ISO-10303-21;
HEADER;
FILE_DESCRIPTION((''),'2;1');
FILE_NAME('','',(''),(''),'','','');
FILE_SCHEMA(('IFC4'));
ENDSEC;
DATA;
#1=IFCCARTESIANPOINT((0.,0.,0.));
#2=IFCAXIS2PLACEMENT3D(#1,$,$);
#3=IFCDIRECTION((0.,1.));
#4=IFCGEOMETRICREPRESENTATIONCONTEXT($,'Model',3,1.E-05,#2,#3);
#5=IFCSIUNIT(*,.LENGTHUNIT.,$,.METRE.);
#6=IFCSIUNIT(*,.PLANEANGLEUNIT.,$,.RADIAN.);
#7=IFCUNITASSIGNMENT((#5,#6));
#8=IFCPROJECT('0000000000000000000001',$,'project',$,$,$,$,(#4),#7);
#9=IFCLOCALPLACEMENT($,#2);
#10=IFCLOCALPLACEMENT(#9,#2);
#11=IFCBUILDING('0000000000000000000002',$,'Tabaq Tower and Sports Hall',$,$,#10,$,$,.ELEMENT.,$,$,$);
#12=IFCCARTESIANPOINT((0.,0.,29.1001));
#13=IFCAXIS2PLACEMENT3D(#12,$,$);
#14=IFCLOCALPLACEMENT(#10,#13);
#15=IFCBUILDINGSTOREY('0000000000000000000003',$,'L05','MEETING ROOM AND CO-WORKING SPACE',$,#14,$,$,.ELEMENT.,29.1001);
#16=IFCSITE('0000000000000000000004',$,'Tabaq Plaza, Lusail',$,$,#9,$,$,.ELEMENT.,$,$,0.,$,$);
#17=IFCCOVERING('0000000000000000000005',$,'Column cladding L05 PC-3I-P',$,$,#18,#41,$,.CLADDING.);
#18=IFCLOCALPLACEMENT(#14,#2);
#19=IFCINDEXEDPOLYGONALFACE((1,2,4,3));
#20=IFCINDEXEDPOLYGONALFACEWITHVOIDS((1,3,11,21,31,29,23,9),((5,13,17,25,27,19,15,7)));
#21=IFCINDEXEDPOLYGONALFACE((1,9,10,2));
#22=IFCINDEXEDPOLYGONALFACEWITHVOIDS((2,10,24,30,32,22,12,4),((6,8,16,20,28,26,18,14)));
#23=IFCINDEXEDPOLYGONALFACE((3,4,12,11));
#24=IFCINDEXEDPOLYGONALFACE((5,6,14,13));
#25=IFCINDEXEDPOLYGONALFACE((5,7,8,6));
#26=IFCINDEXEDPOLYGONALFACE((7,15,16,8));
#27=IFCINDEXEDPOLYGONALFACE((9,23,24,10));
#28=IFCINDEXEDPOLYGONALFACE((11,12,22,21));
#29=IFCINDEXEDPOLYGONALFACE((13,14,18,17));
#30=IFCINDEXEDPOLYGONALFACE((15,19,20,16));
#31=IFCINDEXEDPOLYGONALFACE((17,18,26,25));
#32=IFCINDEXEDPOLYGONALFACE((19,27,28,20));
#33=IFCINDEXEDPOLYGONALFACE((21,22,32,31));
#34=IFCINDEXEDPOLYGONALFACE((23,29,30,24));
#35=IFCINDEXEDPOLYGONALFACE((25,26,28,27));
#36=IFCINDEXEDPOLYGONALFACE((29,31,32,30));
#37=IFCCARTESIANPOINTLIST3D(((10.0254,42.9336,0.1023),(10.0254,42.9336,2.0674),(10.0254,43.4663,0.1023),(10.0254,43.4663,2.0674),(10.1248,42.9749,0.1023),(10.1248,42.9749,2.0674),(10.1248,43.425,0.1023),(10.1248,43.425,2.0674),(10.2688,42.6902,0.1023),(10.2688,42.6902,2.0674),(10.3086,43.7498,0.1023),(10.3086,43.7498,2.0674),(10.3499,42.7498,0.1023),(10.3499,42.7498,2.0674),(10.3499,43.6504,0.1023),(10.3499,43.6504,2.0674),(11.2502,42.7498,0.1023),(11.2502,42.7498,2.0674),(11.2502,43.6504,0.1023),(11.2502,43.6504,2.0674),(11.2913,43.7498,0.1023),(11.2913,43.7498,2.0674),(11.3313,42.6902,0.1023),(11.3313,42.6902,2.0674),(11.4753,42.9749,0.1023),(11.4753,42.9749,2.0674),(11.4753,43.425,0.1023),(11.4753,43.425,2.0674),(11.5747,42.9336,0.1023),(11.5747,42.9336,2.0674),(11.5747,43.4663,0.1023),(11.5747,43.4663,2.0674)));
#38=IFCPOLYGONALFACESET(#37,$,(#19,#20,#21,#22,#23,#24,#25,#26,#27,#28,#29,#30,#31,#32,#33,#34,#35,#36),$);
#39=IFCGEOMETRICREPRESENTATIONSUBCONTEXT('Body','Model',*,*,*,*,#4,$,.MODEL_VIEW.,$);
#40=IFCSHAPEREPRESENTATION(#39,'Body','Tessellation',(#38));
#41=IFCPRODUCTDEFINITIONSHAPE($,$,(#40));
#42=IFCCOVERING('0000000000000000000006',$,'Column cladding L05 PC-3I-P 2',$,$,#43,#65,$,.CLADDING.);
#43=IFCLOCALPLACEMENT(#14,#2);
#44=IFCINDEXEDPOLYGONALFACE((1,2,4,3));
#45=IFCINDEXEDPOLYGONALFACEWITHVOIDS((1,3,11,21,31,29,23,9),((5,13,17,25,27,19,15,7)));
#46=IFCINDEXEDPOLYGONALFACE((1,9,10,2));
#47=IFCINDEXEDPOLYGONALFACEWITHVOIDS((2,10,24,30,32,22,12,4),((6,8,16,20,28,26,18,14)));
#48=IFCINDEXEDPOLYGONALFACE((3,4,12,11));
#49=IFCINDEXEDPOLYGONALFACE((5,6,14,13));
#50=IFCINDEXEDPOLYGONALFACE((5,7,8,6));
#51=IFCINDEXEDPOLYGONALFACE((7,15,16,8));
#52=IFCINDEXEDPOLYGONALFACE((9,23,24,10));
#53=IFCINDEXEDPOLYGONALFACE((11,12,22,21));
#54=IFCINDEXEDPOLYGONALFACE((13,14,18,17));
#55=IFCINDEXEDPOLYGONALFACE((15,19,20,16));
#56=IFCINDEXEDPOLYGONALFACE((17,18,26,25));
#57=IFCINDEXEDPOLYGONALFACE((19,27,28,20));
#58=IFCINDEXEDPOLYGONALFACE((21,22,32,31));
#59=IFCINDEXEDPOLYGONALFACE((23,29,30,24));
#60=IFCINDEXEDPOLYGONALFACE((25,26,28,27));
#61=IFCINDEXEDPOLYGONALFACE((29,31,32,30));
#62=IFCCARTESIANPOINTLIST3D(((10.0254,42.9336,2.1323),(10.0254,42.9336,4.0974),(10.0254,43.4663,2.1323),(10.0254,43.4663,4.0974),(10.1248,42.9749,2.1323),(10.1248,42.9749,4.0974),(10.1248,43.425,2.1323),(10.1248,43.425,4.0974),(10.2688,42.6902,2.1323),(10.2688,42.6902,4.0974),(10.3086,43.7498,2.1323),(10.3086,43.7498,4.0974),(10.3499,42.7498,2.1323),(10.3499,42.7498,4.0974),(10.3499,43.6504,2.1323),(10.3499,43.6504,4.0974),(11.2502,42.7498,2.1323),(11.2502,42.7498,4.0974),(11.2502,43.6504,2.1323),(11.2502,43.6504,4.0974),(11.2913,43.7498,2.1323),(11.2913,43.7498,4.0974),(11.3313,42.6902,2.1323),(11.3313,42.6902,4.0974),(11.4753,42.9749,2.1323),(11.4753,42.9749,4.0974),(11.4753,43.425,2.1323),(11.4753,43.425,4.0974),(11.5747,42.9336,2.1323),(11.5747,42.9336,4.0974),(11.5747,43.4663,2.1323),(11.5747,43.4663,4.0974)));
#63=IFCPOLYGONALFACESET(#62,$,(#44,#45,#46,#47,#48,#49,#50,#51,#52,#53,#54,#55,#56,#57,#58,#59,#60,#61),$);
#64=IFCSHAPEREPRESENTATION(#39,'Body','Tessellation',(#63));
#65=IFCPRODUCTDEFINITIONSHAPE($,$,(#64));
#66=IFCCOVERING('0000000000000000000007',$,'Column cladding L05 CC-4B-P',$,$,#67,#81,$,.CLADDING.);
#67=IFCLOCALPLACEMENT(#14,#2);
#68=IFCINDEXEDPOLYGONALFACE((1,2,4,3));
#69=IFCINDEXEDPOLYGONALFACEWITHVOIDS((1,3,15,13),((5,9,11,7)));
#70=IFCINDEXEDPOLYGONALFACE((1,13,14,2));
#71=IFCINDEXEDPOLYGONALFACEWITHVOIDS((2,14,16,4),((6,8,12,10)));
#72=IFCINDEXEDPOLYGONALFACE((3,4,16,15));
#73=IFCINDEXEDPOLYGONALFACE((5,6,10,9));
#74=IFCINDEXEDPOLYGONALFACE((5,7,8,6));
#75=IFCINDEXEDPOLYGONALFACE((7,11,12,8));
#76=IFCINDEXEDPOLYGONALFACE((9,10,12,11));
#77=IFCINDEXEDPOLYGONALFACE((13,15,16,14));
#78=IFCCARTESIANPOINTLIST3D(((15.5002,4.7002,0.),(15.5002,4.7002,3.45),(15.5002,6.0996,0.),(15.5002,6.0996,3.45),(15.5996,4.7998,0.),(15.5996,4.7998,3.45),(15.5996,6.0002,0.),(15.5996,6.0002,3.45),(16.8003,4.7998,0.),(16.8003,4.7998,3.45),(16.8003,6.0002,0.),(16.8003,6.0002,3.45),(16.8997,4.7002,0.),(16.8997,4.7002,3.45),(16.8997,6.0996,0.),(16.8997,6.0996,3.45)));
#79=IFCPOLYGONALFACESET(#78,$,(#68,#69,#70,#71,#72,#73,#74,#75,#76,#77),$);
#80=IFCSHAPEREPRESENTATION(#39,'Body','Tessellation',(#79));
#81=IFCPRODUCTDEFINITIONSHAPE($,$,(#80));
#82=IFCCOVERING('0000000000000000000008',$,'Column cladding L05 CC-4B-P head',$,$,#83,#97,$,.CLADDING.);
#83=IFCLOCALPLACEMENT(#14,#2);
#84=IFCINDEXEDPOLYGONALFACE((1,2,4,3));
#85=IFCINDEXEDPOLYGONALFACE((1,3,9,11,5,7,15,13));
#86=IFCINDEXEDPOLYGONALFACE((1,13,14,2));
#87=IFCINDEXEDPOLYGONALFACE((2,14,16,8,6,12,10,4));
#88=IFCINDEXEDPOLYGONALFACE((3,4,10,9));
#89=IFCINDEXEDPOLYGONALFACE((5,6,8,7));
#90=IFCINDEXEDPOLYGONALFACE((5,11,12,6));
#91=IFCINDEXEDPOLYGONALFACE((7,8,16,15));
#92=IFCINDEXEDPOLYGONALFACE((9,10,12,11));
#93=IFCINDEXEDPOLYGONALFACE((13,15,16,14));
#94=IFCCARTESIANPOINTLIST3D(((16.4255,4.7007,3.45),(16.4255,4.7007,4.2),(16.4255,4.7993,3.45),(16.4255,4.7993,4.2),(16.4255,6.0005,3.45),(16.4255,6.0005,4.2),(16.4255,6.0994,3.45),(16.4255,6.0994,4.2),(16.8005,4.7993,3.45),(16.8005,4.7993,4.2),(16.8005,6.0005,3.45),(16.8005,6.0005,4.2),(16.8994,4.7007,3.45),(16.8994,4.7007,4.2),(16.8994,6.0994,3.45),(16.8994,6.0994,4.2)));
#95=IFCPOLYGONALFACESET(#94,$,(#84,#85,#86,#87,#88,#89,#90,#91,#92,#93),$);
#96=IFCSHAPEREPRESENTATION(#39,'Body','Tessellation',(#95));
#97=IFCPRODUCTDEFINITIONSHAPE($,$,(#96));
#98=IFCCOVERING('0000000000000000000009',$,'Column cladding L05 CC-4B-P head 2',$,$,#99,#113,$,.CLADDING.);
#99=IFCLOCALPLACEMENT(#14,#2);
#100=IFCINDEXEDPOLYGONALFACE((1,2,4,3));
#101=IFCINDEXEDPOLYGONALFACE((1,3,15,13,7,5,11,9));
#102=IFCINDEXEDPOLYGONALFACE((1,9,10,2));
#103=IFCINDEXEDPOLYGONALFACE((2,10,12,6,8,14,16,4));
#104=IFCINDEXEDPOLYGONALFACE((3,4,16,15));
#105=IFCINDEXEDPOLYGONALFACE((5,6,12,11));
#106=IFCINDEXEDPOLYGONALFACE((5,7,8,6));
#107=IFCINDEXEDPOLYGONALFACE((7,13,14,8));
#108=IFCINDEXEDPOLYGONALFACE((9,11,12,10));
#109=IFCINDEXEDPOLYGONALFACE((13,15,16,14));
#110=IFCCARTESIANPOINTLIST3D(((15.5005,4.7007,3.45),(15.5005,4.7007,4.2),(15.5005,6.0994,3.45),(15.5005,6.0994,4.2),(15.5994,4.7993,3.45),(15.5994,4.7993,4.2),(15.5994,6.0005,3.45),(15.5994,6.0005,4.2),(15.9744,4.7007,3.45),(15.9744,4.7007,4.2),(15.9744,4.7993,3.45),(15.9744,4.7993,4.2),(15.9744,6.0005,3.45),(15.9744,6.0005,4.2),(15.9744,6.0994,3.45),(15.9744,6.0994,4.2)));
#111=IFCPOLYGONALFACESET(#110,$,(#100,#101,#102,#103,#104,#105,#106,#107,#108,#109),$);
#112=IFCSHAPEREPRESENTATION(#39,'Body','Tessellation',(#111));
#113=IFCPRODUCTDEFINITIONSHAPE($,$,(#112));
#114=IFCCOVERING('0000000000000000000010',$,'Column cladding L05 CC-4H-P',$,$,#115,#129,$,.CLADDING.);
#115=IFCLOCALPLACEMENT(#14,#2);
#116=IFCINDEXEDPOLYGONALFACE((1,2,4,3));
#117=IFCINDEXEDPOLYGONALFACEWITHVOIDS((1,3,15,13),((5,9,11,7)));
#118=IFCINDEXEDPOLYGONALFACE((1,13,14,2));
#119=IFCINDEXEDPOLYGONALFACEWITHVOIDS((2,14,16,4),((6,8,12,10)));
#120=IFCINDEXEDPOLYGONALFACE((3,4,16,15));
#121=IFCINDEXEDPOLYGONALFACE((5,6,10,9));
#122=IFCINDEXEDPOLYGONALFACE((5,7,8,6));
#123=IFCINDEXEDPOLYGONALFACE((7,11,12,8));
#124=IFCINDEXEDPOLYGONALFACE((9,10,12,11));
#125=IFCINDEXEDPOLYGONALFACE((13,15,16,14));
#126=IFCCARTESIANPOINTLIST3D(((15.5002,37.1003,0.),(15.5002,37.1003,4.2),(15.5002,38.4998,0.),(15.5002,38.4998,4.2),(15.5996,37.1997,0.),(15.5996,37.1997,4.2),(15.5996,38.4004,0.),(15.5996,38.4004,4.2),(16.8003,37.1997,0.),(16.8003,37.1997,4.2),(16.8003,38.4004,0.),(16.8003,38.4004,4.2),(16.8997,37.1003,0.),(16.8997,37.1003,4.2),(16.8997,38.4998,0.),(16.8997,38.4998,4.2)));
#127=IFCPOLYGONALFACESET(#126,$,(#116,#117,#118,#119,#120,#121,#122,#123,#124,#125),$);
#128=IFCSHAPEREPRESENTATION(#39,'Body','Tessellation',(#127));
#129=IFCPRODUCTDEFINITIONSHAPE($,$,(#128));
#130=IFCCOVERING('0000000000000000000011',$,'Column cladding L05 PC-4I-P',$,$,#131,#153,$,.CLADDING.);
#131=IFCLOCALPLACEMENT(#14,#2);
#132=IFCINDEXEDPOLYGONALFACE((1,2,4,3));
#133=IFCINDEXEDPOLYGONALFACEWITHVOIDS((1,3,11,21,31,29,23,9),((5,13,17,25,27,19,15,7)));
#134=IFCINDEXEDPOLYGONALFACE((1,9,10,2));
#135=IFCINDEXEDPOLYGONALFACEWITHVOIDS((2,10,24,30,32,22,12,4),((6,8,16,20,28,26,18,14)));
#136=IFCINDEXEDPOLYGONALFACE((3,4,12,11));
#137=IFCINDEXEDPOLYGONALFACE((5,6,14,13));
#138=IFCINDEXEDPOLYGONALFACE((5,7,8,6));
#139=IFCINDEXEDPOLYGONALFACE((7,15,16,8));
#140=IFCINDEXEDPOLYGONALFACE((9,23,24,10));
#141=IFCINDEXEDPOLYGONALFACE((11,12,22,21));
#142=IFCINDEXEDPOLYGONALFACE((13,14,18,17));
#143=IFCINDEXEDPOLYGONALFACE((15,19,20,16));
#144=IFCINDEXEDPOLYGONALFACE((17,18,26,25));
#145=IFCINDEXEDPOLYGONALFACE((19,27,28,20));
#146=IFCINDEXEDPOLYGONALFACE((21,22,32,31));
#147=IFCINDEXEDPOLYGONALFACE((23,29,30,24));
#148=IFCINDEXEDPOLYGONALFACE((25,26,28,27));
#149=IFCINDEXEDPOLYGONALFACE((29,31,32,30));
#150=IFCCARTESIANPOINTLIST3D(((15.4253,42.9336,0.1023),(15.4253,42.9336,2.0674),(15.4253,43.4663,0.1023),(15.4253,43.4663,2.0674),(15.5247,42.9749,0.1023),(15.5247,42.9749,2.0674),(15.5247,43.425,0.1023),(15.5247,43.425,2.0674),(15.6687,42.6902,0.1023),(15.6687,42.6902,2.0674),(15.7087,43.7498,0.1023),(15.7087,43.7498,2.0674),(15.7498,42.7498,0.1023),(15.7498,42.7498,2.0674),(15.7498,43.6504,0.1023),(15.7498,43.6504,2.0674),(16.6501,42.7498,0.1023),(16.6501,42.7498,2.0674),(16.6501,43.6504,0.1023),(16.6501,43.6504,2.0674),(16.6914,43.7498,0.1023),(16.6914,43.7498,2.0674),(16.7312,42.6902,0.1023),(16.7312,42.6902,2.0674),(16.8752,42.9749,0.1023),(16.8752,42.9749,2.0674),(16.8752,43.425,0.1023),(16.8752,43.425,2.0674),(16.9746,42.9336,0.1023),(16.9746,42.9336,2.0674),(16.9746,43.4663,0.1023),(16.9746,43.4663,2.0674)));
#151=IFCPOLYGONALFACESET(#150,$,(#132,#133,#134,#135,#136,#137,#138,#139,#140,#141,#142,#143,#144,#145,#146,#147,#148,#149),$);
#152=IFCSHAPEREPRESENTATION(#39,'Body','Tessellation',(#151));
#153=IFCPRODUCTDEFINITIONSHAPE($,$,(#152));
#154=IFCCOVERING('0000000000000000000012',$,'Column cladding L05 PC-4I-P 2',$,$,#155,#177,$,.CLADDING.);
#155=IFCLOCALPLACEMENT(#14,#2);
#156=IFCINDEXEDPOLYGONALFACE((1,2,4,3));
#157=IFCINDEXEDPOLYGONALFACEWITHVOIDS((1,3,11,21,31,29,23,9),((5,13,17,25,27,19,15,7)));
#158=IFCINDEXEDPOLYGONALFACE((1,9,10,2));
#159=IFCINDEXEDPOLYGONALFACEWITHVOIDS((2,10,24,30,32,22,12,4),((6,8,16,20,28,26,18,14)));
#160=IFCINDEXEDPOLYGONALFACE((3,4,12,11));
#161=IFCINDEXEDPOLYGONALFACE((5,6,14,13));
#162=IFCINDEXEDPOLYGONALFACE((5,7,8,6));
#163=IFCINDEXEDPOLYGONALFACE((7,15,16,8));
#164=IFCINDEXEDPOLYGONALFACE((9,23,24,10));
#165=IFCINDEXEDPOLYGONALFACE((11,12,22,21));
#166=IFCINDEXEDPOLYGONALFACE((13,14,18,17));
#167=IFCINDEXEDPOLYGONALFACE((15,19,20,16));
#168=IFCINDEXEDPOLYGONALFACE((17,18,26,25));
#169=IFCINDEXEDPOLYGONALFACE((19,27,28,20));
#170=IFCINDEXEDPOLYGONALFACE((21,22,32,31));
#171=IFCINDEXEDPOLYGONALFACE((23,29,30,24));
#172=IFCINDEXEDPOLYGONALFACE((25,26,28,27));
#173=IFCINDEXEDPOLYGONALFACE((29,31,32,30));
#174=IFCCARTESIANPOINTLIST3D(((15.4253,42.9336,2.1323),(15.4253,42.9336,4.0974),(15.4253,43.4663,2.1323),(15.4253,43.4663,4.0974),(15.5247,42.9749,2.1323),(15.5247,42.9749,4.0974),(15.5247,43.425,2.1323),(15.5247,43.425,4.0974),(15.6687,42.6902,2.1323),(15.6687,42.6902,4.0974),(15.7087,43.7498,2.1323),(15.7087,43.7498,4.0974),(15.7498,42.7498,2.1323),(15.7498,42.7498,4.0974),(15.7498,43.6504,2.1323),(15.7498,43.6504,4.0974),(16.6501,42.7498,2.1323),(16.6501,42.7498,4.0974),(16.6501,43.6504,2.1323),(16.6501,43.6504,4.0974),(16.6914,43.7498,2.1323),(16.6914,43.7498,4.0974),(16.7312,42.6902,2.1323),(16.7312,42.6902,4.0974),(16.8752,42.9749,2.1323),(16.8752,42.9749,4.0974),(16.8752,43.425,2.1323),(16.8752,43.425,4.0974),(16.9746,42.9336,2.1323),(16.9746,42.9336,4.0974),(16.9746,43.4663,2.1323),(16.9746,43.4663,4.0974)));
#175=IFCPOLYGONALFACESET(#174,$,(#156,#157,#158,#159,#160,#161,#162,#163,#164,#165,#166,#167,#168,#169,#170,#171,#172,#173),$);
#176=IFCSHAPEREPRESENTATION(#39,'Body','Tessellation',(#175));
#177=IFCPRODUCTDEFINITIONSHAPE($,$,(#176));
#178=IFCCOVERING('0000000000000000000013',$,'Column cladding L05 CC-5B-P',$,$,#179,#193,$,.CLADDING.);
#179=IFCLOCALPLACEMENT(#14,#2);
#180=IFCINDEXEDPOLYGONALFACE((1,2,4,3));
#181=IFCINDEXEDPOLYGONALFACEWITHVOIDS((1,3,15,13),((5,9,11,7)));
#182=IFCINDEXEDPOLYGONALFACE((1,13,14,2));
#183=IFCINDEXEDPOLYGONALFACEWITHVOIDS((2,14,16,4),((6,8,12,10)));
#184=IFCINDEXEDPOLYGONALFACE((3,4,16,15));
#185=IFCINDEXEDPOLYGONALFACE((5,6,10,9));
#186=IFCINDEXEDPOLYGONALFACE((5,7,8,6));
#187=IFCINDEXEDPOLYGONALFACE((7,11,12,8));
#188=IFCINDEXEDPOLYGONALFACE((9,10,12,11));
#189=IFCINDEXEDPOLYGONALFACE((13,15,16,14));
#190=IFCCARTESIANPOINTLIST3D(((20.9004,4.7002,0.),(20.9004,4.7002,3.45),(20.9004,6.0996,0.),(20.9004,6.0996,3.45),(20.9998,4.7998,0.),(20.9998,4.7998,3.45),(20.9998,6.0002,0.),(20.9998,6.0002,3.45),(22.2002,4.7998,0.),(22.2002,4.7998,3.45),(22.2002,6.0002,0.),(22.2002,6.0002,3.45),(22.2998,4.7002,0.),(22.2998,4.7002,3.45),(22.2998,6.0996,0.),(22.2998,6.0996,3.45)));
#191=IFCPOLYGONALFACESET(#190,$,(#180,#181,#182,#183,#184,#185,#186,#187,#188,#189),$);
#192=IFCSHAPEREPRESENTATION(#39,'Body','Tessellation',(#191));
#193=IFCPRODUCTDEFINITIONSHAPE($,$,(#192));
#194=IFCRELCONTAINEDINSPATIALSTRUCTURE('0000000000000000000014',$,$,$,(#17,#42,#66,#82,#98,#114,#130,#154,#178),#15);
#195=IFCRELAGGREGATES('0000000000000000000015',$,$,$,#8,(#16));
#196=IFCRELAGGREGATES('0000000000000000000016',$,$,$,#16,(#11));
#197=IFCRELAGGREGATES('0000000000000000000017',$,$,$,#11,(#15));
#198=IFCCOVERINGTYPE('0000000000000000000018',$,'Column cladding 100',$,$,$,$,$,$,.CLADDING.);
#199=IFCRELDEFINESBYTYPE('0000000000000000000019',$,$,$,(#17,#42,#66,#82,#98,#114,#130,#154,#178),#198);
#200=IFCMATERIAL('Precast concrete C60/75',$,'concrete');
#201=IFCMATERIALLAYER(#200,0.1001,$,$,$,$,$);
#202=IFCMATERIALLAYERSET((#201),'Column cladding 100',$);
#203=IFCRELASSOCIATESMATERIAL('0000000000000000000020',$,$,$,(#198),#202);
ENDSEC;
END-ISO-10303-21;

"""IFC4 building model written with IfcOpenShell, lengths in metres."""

from ifc_helpers import new_model, si_unit, direction, frame, origin, place, context, subcontext, project, spatial, polyline, outline, extrude, material, layer, layer_set, type_object, element, save


model = new_model("IFC4")

# Units and contexts
model_context = context("Model", 3, precision=1e-05, world=origin(), true_north=direction((0.0, 1.0)))
body_context = subcontext(model_context, "Body", "Model", "MODEL_VIEW")
ifc_project = project(units=[si_unit("LENGTHUNIT", "METRE"), si_unit("PLANEANGLEUNIT", "RADIAN")], contexts=[model_context])

# Site, building, storey
site_placement = place(None, origin())
site = spatial("IfcSite", under=ifc_project, at=site_placement, Name="Tabaq Plaza, Lusail", CompositionType="ELEMENT", RefElevation=0.0)
building_placement = place(site_placement, origin())
building = spatial("IfcBuilding", under=site, at=building_placement, Name="Tabaq Tower and Sports Hall", CompositionType="ELEMENT")
storey_placement = place(building_placement, frame((0.0, 0.0, 29.1001)))
storey = spatial("IfcBuildingStorey", under=building, at=storey_placement, Name="L05", Description="MEETING ROOM AND CO-WORKING SPACE", CompositionType="ELEMENT", Elevation=29.1001)

# Coverings
ifc_material_1 = material(Name="Precast concrete C60/75", Category="concrete")
ifc_layer = layer(ifc_material_1, 0.1001)
ifc_layer_set = layer_set([ifc_layer], Name="Column cladding 100")
covering_type_1 = type_object("IfcCoveringType", Name="Column cladding 100", PredefinedType="CLADDING", material=ifc_layer_set)
for number, where, name in (
    (1, (0.0, 0.0, 0.1023), "Column cladding L05 PC-3I-P"),
    (2, (0.0, 0.0, 2.1323), "Column cladding L05 PC-3I-P 2"),
):
    element("IfcCovering", number, at=place(storey_placement, frame(where)), inside=storey, type_object=covering_type_1, Name=name, PredefinedType="CLADDING", context=body_context, shape_type="SweptSolid", body=[
        extrude(outline(polyline([(10.0254, 43.4663), (10.3086, 43.7498), (11.2913, 43.7498), (11.5747, 43.4663), (11.5747, 42.9336), (11.3313, 42.6902), (10.2688, 42.6902), (10.0254, 42.9336), (10.0254, 43.4663)]), holes=[polyline([(11.4753, 42.9749), (11.4753, 43.425), (11.2502, 43.6504), (10.3499, 43.6504), (10.1248, 43.425), (10.1248, 42.9749), (10.3499, 42.7498), (11.2502, 42.7498), (11.4753, 42.9749)])]), origin(), (0.0, 0.0, 1.0), 1.9651),
    ])
covering_1_placement = place(storey_placement, origin())
element("IfcCovering", 3, at=covering_1_placement, inside=storey, type_object=covering_type_1, Name="Column cladding L05 CC-4B-P", PredefinedType="CLADDING", context=body_context, shape_type="SweptSolid", body=[
    extrude(outline(polyline([(15.5002, 6.0996), (16.8997, 6.0996), (16.8997, 4.7002), (15.5002, 4.7002), (15.5002, 6.0996)]), holes=[polyline([(16.8003, 4.7998), (16.8003, 6.0002), (15.5996, 6.0002), (15.5996, 4.7998), (16.8003, 4.7998)])]), origin(), (0.0, 0.0, 1.0), 3.45),
])
covering_2_placement = place(storey_placement, frame((0.0, 0.0, 3.45)))
element("IfcCovering", 4, at=covering_2_placement, inside=storey, type_object=covering_type_1, Name="Column cladding L05 CC-4B-P head", PredefinedType="CLADDING", context=body_context, shape_type="SweptSolid", body=[
    extrude(outline(polyline([(16.4255, 4.7993), (16.8005, 4.7993), (16.8005, 6.0005), (16.4255, 6.0005), (16.4255, 6.0994), (16.8994, 6.0994), (16.8994, 4.7007), (16.4255, 4.7007), (16.4255, 4.7993)])), origin(), (0.0, 0.0, 1.0), 0.75),
])
covering_3_placement = place(storey_placement, frame((0.0, 0.0, 3.45)))
element("IfcCovering", 5, at=covering_3_placement, inside=storey, type_object=covering_type_1, Name="Column cladding L05 CC-4B-P head 2", PredefinedType="CLADDING", context=body_context, shape_type="SweptSolid", body=[
    extrude(outline(polyline([(15.9744, 4.7993), (15.9744, 4.7007), (15.5005, 4.7007), (15.5005, 6.0994), (15.9744, 6.0994), (15.9744, 6.0005), (15.5994, 6.0005), (15.5994, 4.7993), (15.9744, 4.7993)])), origin(), (0.0, 0.0, 1.0), 0.75),
])
covering_4_placement = place(storey_placement, origin())
element("IfcCovering", 6, at=covering_4_placement, inside=storey, type_object=covering_type_1, Name="Column cladding L05 CC-4H-P", PredefinedType="CLADDING", context=body_context, shape_type="SweptSolid", body=[
    extrude(outline(polyline([(15.5002, 38.4998), (16.8997, 38.4998), (16.8997, 37.1003), (15.5002, 37.1003), (15.5002, 38.4998)]), holes=[polyline([(16.8003, 37.1997), (16.8003, 38.4004), (15.5996, 38.4004), (15.5996, 37.1997), (16.8003, 37.1997)])]), origin(), (0.0, 0.0, 1.0), 4.2),
])
for number, where, name in (
    (7, (0.0, 0.0, 0.1023), "Column cladding L05 PC-4I-P"),
    (8, (0.0, 0.0, 2.1323), "Column cladding L05 PC-4I-P 2"),
):
    element("IfcCovering", number, at=place(storey_placement, frame(where)), inside=storey, type_object=covering_type_1, Name=name, PredefinedType="CLADDING", context=body_context, shape_type="SweptSolid", body=[
        extrude(outline(polyline([(15.4253, 43.4663), (15.7087, 43.7498), (16.6914, 43.7498), (16.9746, 43.4663), (16.9746, 42.9336), (16.7312, 42.6902), (15.6687, 42.6902), (15.4253, 42.9336), (15.4253, 43.4663)]), holes=[polyline([(16.8752, 42.9749), (16.8752, 43.425), (16.6501, 43.6504), (15.7498, 43.6504), (15.5247, 43.425), (15.5247, 42.9749), (15.7498, 42.7498), (16.6501, 42.7498), (16.8752, 42.9749)])]), origin(), (0.0, 0.0, 1.0), 1.9651),
    ])
covering_5_placement = place(storey_placement, origin())
element("IfcCovering", 9, at=covering_5_placement, inside=storey, type_object=covering_type_1, Name="Column cladding L05 CC-5B-P", PredefinedType="CLADDING", context=body_context, shape_type="SweptSolid", body=[
    extrude(outline(polyline([(20.9004, 6.0996), (22.2998, 6.0996), (22.2998, 4.7002), (20.9004, 4.7002), (20.9004, 6.0996)]), holes=[polyline([(22.2002, 4.7998), (22.2002, 6.0002), (20.9998, 6.0002), (20.9998, 4.7998), (22.2002, 4.7998)])]), origin(), (0.0, 0.0, 1.0), 3.45),
])

save(model, "model.ifc")
